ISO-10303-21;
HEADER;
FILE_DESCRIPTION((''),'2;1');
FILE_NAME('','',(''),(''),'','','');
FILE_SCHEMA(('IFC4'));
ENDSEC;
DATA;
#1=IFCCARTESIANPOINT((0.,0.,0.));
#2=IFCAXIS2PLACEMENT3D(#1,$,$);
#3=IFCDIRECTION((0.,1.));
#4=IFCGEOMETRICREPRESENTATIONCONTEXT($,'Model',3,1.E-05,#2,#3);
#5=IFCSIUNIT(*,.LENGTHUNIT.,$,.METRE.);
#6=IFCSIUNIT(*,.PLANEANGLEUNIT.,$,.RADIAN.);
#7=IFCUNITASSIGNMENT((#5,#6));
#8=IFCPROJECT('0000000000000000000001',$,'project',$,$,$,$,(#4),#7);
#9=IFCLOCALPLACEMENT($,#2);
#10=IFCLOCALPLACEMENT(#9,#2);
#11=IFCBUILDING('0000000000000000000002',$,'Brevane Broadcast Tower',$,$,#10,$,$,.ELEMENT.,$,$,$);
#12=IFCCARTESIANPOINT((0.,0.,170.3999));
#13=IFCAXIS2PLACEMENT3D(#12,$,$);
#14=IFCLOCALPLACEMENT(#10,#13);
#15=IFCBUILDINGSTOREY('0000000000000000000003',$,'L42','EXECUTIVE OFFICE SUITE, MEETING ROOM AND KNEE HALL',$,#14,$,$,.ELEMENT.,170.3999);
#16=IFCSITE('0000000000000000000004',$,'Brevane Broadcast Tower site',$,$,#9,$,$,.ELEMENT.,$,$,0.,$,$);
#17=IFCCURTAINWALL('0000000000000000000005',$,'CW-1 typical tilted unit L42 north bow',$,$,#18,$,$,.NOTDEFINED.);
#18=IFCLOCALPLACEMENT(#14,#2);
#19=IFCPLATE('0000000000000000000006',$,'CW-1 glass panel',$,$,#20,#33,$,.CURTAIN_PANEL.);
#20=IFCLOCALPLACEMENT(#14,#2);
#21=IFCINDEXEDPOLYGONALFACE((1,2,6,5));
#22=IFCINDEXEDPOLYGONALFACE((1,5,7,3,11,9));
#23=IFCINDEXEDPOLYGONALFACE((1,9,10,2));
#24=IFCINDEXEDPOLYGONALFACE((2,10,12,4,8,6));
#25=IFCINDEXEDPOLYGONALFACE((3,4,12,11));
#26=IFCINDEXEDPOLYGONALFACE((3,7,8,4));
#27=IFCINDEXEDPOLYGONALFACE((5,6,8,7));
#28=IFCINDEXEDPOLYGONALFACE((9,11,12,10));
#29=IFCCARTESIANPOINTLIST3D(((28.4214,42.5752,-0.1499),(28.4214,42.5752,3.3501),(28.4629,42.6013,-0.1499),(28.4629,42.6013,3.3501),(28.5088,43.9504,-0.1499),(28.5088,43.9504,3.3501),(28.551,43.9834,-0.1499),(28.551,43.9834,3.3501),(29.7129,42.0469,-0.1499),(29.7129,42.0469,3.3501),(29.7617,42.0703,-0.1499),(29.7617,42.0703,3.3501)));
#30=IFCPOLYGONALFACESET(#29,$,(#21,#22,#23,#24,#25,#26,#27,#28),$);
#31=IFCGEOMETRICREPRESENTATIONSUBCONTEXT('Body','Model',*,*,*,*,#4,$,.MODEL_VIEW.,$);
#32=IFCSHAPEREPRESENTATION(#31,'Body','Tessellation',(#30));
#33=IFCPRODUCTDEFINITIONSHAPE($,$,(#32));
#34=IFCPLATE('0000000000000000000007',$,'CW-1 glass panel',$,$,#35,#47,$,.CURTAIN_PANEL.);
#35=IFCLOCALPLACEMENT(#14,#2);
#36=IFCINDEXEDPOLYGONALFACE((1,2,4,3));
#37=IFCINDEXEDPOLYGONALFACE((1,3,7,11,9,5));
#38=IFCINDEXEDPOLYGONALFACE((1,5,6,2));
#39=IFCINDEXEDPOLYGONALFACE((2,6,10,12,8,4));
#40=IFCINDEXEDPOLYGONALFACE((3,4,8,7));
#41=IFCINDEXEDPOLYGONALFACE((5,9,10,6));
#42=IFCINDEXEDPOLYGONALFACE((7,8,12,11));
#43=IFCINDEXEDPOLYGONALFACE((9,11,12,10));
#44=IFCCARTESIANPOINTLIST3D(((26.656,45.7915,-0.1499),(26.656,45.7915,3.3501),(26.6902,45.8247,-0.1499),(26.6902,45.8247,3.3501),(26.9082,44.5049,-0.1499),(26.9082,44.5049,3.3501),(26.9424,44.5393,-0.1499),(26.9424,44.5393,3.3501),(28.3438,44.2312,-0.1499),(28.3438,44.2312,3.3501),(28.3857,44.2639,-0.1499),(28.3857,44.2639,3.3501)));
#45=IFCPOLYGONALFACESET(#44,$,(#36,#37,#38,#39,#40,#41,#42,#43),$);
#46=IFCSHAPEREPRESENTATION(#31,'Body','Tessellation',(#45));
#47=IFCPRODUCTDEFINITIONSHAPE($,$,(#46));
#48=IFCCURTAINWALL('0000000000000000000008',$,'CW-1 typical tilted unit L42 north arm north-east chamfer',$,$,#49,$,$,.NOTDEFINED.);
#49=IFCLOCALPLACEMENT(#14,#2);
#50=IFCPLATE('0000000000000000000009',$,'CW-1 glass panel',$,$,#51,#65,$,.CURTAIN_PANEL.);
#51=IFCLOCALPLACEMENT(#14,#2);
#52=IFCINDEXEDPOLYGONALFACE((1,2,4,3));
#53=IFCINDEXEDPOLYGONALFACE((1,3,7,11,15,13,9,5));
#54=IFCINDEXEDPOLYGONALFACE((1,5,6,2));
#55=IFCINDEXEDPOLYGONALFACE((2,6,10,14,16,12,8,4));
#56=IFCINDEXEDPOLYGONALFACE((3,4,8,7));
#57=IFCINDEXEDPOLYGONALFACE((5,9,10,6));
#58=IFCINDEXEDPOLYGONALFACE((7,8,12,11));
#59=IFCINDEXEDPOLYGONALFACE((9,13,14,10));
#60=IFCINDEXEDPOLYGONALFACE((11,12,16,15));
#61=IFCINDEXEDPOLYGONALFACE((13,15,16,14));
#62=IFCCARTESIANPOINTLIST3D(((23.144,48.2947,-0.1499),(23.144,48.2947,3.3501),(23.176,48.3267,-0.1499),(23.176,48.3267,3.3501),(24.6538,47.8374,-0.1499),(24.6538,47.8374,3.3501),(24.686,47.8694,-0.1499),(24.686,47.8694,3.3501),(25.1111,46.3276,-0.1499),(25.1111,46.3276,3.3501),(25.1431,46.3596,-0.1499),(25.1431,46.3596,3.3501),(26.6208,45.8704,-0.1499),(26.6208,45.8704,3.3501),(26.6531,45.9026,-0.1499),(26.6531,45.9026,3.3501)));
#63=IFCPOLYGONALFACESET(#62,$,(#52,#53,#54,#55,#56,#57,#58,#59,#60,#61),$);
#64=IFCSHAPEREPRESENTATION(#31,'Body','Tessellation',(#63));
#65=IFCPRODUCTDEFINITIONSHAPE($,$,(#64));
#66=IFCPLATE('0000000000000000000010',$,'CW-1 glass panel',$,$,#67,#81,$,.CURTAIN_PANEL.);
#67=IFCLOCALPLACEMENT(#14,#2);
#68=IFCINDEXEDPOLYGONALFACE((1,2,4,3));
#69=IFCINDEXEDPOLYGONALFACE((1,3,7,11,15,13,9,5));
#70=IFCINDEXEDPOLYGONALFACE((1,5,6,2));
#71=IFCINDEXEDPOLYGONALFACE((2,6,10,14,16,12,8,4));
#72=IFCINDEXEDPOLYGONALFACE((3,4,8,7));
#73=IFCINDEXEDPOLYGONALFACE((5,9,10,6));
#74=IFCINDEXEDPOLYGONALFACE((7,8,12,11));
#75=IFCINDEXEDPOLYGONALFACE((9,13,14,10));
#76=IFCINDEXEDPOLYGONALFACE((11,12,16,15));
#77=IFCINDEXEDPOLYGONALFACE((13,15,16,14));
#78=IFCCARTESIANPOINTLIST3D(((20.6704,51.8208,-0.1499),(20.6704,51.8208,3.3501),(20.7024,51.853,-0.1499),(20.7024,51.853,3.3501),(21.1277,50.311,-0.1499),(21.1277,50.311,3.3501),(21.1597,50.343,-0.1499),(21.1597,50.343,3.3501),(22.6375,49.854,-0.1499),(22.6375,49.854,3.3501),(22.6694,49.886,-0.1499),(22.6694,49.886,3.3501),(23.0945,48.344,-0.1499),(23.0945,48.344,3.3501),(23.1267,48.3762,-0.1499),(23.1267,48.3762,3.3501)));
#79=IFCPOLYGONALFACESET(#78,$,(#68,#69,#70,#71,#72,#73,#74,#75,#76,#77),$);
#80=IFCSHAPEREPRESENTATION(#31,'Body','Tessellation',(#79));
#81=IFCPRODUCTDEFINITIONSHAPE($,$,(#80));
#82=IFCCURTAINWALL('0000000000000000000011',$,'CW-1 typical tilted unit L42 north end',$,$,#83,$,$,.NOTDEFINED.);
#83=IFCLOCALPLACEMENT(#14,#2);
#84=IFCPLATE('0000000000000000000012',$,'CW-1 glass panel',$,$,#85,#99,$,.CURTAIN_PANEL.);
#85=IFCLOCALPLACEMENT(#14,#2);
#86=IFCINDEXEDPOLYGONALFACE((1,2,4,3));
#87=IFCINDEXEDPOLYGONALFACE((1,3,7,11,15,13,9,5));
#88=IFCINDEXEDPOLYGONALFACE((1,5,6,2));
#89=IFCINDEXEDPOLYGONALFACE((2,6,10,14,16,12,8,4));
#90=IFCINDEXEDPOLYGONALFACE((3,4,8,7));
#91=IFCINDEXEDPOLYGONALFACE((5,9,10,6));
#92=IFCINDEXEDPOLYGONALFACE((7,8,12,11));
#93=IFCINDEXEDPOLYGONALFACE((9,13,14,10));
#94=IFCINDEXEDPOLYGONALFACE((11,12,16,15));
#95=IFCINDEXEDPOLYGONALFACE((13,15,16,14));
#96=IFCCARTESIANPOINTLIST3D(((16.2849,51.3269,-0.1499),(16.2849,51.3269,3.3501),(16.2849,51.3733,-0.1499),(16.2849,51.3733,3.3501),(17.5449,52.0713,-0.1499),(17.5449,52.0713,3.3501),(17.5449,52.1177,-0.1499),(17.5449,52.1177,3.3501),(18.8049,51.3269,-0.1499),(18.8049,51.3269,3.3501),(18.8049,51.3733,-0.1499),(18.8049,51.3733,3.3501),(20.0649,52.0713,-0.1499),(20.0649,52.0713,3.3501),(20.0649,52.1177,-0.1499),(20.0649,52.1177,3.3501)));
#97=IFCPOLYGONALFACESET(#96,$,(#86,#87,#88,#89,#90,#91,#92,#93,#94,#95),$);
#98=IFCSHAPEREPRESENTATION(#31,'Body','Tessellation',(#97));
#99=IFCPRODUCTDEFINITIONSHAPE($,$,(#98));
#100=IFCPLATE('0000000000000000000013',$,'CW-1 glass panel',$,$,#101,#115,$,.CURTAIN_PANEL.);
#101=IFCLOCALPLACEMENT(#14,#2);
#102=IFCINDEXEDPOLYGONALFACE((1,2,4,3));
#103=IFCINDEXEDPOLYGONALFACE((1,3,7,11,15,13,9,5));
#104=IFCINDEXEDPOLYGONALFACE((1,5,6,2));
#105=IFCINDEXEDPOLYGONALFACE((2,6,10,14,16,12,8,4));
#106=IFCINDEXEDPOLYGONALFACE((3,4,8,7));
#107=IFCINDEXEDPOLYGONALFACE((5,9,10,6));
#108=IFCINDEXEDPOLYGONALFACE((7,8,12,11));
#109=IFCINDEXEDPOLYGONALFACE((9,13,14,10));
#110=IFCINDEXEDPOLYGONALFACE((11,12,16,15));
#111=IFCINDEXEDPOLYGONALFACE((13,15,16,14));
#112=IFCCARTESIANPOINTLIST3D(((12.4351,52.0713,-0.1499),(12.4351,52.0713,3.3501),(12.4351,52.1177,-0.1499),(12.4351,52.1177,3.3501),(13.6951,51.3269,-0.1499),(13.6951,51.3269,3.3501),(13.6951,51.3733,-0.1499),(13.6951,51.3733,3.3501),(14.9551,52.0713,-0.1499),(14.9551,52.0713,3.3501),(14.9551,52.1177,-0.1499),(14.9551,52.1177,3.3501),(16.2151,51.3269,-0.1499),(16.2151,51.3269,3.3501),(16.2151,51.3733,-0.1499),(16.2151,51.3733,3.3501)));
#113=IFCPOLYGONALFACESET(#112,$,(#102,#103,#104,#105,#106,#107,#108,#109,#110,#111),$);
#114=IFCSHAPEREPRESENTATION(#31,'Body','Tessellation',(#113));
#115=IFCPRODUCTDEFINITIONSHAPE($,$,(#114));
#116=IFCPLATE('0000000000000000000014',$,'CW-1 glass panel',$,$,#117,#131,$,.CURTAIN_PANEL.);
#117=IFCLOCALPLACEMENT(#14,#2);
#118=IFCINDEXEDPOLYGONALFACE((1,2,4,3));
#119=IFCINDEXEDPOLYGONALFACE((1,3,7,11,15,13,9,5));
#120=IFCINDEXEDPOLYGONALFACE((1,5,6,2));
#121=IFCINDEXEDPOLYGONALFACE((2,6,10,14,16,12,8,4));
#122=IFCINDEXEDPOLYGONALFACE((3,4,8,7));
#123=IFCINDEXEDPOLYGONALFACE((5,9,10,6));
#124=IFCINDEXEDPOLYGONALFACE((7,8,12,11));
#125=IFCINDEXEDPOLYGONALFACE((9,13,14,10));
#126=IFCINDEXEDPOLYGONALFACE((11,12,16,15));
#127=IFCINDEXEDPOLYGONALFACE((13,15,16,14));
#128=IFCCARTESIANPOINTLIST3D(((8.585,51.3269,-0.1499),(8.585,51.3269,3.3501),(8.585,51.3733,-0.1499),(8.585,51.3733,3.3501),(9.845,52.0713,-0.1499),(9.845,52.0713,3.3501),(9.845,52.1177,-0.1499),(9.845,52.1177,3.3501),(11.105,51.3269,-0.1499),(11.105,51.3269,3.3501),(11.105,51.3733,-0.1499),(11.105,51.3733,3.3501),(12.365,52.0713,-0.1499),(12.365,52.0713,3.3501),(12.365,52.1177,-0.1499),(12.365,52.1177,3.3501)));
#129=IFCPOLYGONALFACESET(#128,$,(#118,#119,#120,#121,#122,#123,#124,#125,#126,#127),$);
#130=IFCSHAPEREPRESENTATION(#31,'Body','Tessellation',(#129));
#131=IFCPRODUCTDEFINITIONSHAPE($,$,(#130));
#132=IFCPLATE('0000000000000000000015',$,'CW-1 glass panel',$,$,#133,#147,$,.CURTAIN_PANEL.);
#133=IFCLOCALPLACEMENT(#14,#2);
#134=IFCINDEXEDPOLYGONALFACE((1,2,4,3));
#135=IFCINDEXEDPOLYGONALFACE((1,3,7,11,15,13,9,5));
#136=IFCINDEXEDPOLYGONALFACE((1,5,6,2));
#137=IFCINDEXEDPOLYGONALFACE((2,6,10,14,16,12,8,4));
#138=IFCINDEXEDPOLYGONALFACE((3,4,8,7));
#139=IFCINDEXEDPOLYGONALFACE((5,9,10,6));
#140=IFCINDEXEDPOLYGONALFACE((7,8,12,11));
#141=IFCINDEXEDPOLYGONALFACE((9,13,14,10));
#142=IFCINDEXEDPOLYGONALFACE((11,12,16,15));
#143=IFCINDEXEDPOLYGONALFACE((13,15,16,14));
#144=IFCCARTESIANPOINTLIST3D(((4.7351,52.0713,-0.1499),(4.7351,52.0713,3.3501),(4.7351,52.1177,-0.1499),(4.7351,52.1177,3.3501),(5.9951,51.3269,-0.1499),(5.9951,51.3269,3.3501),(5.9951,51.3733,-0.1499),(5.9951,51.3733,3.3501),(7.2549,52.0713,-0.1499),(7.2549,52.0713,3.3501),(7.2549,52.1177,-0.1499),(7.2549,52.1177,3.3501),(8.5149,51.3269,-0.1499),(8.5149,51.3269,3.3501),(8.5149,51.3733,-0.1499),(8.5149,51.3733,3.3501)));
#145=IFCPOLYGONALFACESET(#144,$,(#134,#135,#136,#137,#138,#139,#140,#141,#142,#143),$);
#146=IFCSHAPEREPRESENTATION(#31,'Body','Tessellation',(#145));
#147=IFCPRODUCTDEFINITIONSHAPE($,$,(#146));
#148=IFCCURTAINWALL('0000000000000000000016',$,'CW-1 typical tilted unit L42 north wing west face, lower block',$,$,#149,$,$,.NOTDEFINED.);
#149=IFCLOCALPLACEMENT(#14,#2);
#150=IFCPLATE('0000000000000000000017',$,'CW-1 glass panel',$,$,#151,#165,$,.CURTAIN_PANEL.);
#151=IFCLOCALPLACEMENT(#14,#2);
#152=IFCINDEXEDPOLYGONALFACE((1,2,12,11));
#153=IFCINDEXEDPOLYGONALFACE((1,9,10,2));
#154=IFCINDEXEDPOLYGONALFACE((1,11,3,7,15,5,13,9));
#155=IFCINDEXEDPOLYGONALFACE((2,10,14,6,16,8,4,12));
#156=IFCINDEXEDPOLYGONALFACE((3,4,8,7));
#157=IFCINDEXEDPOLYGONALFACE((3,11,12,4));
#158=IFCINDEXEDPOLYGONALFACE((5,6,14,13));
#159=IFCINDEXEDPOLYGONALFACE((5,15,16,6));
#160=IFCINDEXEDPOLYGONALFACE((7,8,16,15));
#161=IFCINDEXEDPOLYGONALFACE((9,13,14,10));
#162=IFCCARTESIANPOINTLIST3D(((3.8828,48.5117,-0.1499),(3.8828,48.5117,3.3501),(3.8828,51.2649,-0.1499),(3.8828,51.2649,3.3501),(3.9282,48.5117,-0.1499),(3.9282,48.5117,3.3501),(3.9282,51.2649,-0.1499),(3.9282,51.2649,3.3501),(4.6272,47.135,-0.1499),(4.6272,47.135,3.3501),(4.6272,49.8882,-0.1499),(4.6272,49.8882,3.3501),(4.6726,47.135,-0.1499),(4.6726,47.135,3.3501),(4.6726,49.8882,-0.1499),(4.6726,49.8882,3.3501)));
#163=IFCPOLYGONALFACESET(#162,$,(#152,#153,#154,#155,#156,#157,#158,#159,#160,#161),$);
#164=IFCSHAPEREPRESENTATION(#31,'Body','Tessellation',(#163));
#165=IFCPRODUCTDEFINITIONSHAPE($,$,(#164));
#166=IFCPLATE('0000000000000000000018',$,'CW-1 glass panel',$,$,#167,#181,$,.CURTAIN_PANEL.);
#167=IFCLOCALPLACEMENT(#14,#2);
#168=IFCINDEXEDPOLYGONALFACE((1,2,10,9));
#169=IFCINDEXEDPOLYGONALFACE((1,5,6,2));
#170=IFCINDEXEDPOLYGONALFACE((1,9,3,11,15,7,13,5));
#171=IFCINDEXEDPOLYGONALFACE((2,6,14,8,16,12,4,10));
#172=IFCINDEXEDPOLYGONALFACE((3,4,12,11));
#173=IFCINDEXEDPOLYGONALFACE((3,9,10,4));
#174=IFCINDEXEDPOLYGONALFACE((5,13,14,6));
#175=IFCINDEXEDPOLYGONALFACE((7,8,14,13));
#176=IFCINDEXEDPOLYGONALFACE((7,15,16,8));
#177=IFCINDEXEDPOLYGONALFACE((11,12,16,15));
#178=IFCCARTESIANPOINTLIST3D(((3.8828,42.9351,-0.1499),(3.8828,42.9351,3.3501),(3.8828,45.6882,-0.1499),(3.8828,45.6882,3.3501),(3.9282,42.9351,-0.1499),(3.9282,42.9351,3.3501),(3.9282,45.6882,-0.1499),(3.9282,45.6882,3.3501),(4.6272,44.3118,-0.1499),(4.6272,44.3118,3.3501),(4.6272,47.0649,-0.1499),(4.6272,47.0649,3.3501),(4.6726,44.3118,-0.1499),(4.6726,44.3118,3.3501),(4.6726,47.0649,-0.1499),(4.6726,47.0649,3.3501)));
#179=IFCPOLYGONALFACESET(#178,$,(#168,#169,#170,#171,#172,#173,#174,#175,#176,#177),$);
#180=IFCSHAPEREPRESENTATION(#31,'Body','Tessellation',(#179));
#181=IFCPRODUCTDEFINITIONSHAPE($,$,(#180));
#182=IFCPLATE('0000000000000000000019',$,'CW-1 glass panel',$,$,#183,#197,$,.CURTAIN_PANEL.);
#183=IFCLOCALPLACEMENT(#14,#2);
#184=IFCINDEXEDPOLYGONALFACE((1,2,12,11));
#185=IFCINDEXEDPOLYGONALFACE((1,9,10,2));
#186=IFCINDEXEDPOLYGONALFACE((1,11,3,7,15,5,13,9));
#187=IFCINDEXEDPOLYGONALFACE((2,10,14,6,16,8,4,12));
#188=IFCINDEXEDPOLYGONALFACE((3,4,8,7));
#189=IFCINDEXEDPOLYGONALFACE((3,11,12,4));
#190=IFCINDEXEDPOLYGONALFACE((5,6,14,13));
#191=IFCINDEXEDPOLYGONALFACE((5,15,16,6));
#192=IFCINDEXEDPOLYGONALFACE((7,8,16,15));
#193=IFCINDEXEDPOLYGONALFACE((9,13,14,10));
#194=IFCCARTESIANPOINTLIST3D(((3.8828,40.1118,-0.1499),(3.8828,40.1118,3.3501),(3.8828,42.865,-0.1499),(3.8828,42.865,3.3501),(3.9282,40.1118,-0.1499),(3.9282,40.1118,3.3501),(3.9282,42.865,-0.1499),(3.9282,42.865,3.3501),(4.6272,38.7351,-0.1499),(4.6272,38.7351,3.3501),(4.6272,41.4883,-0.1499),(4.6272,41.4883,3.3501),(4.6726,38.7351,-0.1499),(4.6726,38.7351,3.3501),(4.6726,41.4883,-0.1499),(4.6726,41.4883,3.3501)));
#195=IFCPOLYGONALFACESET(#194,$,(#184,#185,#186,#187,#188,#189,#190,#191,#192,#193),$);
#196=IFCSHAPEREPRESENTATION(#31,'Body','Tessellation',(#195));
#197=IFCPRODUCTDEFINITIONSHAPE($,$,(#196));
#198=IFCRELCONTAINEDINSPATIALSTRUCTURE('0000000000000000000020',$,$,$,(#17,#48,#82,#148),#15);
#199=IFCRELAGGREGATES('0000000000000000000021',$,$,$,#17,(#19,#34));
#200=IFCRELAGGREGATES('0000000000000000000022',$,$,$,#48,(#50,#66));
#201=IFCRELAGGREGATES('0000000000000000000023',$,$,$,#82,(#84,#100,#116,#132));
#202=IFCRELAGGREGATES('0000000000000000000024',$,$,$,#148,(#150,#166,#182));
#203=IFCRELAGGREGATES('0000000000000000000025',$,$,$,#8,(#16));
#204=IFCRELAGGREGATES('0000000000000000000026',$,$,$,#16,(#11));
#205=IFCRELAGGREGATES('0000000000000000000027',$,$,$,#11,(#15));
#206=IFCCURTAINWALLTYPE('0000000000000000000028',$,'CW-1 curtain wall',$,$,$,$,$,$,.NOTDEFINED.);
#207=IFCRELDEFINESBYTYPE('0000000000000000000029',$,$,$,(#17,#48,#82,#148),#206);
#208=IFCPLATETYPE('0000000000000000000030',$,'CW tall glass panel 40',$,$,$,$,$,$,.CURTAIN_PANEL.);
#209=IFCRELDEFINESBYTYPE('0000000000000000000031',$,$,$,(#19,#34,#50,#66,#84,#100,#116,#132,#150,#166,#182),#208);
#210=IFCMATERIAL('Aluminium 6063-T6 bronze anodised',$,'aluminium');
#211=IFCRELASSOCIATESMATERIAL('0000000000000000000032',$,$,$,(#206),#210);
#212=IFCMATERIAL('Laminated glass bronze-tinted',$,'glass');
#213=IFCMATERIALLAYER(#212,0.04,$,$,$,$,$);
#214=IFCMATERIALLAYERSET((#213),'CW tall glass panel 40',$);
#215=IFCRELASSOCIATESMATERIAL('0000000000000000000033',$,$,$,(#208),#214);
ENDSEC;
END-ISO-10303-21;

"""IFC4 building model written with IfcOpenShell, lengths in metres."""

from ifc_helpers import new_model, si_unit, direction, frame, origin, place, context, subcontext, project, spatial, polyline, outline, extrude, material, layer, layer_set, type_object, element, aggregate, save


model = new_model("IFC4")

# Units and contexts
model_context = context("Model", 3, precision=1e-05, world=origin(), true_north=direction((0.0, 1.0)))
body_context = subcontext(model_context, "Body", "Model", "MODEL_VIEW")
ifc_project = project(units=[si_unit("LENGTHUNIT", "METRE"), si_unit("PLANEANGLEUNIT", "RADIAN")], contexts=[model_context])

# Site, building, storey
site_placement = place(None, origin())
site = spatial("IfcSite", under=ifc_project, at=site_placement, Name="Brevane Broadcast Tower site", CompositionType="ELEMENT", RefElevation=0.0)
building_placement = place(site_placement, origin())
building = spatial("IfcBuilding", under=site, at=building_placement, Name="Brevane Broadcast Tower", CompositionType="ELEMENT")
storey_placement = place(building_placement, frame((0.0, 0.0, 170.3999)))
storey = spatial("IfcBuildingStorey", under=building, at=storey_placement, Name="L42", Description="EXECUTIVE OFFICE SUITE, MEETING ROOM AND KNEE HALL", CompositionType="ELEMENT", Elevation=170.3999)

# Curtain walls, plates
ifc_material_1 = material(Name="Aluminium 6063-T6 bronze anodised", Category="aluminium")
curtain_wall_type = type_object("IfcCurtainWallType", Name="CW-1 curtain wall", PredefinedType="NOTDEFINED", material=ifc_material_1)
ifc_material_2 = material(Name="Laminated glass bronze-tinted", Category="glass")
ifc_layer = layer(ifc_material_2, 0.04)
ifc_layer_set = layer_set([ifc_layer], Name="CW tall glass panel 40")
plate_type = type_object("IfcPlateType", Name="CW tall glass panel 40", PredefinedType="CURTAIN_PANEL", material=ifc_layer_set)
curtain_wall_1_placement = place(storey_placement, origin())
curtain_wall_1 = element("IfcCurtainWall", 1, at=curtain_wall_1_placement, inside=storey, type_object=curtain_wall_type, Name="CW-1 typical tilted unit L42 north bow", PredefinedType="NOTDEFINED")
plate_1_placement = place(storey_placement, frame((0.0, 0.0, -0.1499)))
plate_1 = element("IfcPlate", 2, at=plate_1_placement, type_object=plate_type, Name="CW-1 glass panel", PredefinedType="CURTAIN_PANEL", context=body_context, shape_type="SweptSolid", body=[
    extrude(outline(polyline([(29.7129, 42.0469), (29.7617, 42.0703), (28.4629, 42.6013), (28.551, 43.9834), (28.5088, 43.9504), (28.4214, 42.5752), (29.7129, 42.0469)])), origin(), (0.0, 0.0, 1.0), 3.5),
])
plate_2_placement = place(storey_placement, frame((0.0, 0.0, -0.1499)))
plate_2 = element("IfcPlate", 3, at=plate_2_placement, type_object=plate_type, Name="CW-1 glass panel", PredefinedType="CURTAIN_PANEL", context=body_context, shape_type="SweptSolid", body=[
    extrude(outline(polyline([(28.3438, 44.2312), (28.3857, 44.2639), (26.9424, 44.5393), (26.6902, 45.8247), (26.656, 45.7915), (26.9082, 44.5049), (28.3438, 44.2312)])), origin(), (0.0, 0.0, 1.0), 3.5),
])
aggregate(curtain_wall_1, [plate_1, plate_2])
curtain_wall_2_placement = place(storey_placement, origin())
curtain_wall_2 = element("IfcCurtainWall", 4, at=curtain_wall_2_placement, inside=storey, type_object=curtain_wall_type, Name="CW-1 typical tilted unit L42 north arm north-east chamfer", PredefinedType="NOTDEFINED")
plate_3_placement = place(storey_placement, frame((0.0, 0.0, -0.1499)))
plate_3 = element("IfcPlate", 5, at=plate_3_placement, type_object=plate_type, Name="CW-1 glass panel", PredefinedType="CURTAIN_PANEL", context=body_context, shape_type="SweptSolid", body=[
    extrude(outline(polyline([(26.6208, 45.8704), (26.6531, 45.9026), (25.1431, 46.3596), (24.686, 47.8694), (23.176, 48.3267), (23.144, 48.2947), (24.6538, 47.8374), (25.1111, 46.3276), (26.6208, 45.8704)])), origin(), (0.0, 0.0, 1.0), 3.5),
])
plate_4_placement = place(storey_placement, frame((0.0, 0.0, -0.1499)))
plate_4 = element("IfcPlate", 6, at=plate_4_placement, type_object=plate_type, Name="CW-1 glass panel", PredefinedType="CURTAIN_PANEL", context=body_context, shape_type="SweptSolid", body=[
    extrude(outline(polyline([(23.0945, 48.344), (23.1267, 48.3762), (22.6694, 49.886), (21.1597, 50.343), (20.7024, 51.853), (20.6704, 51.8208), (21.1277, 50.311), (22.6375, 49.854), (23.0945, 48.344)])), origin(), (0.0, 0.0, 1.0), 3.5),
])
aggregate(curtain_wall_2, [plate_3, plate_4])
curtain_wall_3_placement = place(storey_placement, origin())
curtain_wall_3 = element("IfcCurtainWall", 7, at=curtain_wall_3_placement, inside=storey, type_object=curtain_wall_type, Name="CW-1 typical tilted unit L42 north end", PredefinedType="NOTDEFINED")
plate_5_placement = place(storey_placement, frame((0.0, 0.0, -0.1499)))
plate_5 = element("IfcPlate", 8, at=plate_5_placement, type_object=plate_type, Name="CW-1 glass panel", PredefinedType="CURTAIN_PANEL", context=body_context, shape_type="SweptSolid", body=[
    extrude(outline(polyline([(20.0649, 52.0713), (20.0649, 52.1177), (18.8049, 51.3733), (17.5449, 52.1177), (16.2849, 51.3733), (16.2849, 51.3269), (17.5449, 52.0713), (18.8049, 51.3269), (20.0649, 52.0713)])), origin(), (0.0, 0.0, 1.0), 3.5),
])
plate_6_placement = place(storey_placement, frame((0.0, 0.0, -0.1499)))
plate_6 = element("IfcPlate", 9, at=plate_6_placement, type_object=plate_type, Name="CW-1 glass panel", PredefinedType="CURTAIN_PANEL", context=body_context, shape_type="SweptSolid", body=[
    extrude(outline(polyline([(16.2151, 51.3269), (16.2151, 51.3733), (14.9551, 52.1177), (13.6951, 51.3733), (12.4351, 52.1177), (12.4351, 52.0713), (13.6951, 51.3269), (14.9551, 52.0713), (16.2151, 51.3269)])), origin(), (0.0, 0.0, 1.0), 3.5),
])
plate_7_placement = place(storey_placement, frame((0.0, 0.0, -0.1499)))
plate_7 = element("IfcPlate", 10, at=plate_7_placement, type_object=plate_type, Name="CW-1 glass panel", PredefinedType="CURTAIN_PANEL", context=body_context, shape_type="SweptSolid", body=[
    extrude(outline(polyline([(12.365, 52.0713), (12.365, 52.1177), (11.105, 51.3733), (9.845, 52.1177), (8.585, 51.3733), (8.585, 51.3269), (9.845, 52.0713), (11.105, 51.3269), (12.365, 52.0713)])), origin(), (0.0, 0.0, 1.0), 3.5),
])
plate_8_placement = place(storey_placement, frame((0.0, 0.0, -0.1499)))
plate_8 = element("IfcPlate", 11, at=plate_8_placement, type_object=plate_type, Name="CW-1 glass panel", PredefinedType="CURTAIN_PANEL", context=body_context, shape_type="SweptSolid", body=[
    extrude(outline(polyline([(8.5149, 51.3269), (8.5149, 51.3733), (7.2549, 52.1177), (5.9951, 51.3733), (4.7351, 52.1177), (4.7351, 52.0713), (5.9951, 51.3269), (7.2549, 52.0713), (8.5149, 51.3269)])), origin(), (0.0, 0.0, 1.0), 3.5),
])
aggregate(curtain_wall_3, [plate_5, plate_6, plate_7, plate_8])
curtain_wall_4_placement = place(storey_placement, origin())
curtain_wall_4 = element("IfcCurtainWall", 12, at=curtain_wall_4_placement, inside=storey, type_object=curtain_wall_type, Name="CW-1 typical tilted unit L42 north wing west face, lower block", PredefinedType="NOTDEFINED")
plate_9_placement = place(storey_placement, frame((0.0, 0.0, -0.1499)))
plate_9 = element("IfcPlate", 13, at=plate_9_placement, type_object=plate_type, Name="CW-1 glass panel", PredefinedType="CURTAIN_PANEL", context=body_context, shape_type="SweptSolid", body=[
    extrude(outline(polyline([(3.9282, 51.2649), (3.8828, 51.2649), (4.6272, 49.8882), (3.8828, 48.5117), (4.6272, 47.135), (4.6726, 47.135), (3.9282, 48.5117), (4.6726, 49.8882), (3.9282, 51.2649)])), origin(), (0.0, 0.0, 1.0), 3.5),
])
plate_10_placement = place(storey_placement, frame((0.0, 0.0, -0.1499)))
plate_10 = element("IfcPlate", 14, at=plate_10_placement, type_object=plate_type, Name="CW-1 glass panel", PredefinedType="CURTAIN_PANEL", context=body_context, shape_type="SweptSolid", body=[
    extrude(outline(polyline([(4.6726, 47.0649), (4.6272, 47.0649), (3.8828, 45.6882), (4.6272, 44.3118), (3.8828, 42.9351), (3.9282, 42.9351), (4.6726, 44.3118), (3.9282, 45.6882), (4.6726, 47.0649)])), origin(), (0.0, 0.0, 1.0), 3.5),
])
plate_11_placement = place(storey_placement, frame((0.0, 0.0, -0.1499)))
plate_11 = element("IfcPlate", 15, at=plate_11_placement, type_object=plate_type, Name="CW-1 glass panel", PredefinedType="CURTAIN_PANEL", context=body_context, shape_type="SweptSolid", body=[
    extrude(outline(polyline([(3.9282, 42.865), (3.8828, 42.865), (4.6272, 41.4883), (3.8828, 40.1118), (4.6272, 38.7351), (4.6726, 38.7351), (3.9282, 40.1118), (4.6726, 41.4883), (3.9282, 42.865)])), origin(), (0.0, 0.0, 1.0), 3.5),
])
aggregate(curtain_wall_4, [plate_9, plate_10, plate_11])

save(model, "model.ifc")
